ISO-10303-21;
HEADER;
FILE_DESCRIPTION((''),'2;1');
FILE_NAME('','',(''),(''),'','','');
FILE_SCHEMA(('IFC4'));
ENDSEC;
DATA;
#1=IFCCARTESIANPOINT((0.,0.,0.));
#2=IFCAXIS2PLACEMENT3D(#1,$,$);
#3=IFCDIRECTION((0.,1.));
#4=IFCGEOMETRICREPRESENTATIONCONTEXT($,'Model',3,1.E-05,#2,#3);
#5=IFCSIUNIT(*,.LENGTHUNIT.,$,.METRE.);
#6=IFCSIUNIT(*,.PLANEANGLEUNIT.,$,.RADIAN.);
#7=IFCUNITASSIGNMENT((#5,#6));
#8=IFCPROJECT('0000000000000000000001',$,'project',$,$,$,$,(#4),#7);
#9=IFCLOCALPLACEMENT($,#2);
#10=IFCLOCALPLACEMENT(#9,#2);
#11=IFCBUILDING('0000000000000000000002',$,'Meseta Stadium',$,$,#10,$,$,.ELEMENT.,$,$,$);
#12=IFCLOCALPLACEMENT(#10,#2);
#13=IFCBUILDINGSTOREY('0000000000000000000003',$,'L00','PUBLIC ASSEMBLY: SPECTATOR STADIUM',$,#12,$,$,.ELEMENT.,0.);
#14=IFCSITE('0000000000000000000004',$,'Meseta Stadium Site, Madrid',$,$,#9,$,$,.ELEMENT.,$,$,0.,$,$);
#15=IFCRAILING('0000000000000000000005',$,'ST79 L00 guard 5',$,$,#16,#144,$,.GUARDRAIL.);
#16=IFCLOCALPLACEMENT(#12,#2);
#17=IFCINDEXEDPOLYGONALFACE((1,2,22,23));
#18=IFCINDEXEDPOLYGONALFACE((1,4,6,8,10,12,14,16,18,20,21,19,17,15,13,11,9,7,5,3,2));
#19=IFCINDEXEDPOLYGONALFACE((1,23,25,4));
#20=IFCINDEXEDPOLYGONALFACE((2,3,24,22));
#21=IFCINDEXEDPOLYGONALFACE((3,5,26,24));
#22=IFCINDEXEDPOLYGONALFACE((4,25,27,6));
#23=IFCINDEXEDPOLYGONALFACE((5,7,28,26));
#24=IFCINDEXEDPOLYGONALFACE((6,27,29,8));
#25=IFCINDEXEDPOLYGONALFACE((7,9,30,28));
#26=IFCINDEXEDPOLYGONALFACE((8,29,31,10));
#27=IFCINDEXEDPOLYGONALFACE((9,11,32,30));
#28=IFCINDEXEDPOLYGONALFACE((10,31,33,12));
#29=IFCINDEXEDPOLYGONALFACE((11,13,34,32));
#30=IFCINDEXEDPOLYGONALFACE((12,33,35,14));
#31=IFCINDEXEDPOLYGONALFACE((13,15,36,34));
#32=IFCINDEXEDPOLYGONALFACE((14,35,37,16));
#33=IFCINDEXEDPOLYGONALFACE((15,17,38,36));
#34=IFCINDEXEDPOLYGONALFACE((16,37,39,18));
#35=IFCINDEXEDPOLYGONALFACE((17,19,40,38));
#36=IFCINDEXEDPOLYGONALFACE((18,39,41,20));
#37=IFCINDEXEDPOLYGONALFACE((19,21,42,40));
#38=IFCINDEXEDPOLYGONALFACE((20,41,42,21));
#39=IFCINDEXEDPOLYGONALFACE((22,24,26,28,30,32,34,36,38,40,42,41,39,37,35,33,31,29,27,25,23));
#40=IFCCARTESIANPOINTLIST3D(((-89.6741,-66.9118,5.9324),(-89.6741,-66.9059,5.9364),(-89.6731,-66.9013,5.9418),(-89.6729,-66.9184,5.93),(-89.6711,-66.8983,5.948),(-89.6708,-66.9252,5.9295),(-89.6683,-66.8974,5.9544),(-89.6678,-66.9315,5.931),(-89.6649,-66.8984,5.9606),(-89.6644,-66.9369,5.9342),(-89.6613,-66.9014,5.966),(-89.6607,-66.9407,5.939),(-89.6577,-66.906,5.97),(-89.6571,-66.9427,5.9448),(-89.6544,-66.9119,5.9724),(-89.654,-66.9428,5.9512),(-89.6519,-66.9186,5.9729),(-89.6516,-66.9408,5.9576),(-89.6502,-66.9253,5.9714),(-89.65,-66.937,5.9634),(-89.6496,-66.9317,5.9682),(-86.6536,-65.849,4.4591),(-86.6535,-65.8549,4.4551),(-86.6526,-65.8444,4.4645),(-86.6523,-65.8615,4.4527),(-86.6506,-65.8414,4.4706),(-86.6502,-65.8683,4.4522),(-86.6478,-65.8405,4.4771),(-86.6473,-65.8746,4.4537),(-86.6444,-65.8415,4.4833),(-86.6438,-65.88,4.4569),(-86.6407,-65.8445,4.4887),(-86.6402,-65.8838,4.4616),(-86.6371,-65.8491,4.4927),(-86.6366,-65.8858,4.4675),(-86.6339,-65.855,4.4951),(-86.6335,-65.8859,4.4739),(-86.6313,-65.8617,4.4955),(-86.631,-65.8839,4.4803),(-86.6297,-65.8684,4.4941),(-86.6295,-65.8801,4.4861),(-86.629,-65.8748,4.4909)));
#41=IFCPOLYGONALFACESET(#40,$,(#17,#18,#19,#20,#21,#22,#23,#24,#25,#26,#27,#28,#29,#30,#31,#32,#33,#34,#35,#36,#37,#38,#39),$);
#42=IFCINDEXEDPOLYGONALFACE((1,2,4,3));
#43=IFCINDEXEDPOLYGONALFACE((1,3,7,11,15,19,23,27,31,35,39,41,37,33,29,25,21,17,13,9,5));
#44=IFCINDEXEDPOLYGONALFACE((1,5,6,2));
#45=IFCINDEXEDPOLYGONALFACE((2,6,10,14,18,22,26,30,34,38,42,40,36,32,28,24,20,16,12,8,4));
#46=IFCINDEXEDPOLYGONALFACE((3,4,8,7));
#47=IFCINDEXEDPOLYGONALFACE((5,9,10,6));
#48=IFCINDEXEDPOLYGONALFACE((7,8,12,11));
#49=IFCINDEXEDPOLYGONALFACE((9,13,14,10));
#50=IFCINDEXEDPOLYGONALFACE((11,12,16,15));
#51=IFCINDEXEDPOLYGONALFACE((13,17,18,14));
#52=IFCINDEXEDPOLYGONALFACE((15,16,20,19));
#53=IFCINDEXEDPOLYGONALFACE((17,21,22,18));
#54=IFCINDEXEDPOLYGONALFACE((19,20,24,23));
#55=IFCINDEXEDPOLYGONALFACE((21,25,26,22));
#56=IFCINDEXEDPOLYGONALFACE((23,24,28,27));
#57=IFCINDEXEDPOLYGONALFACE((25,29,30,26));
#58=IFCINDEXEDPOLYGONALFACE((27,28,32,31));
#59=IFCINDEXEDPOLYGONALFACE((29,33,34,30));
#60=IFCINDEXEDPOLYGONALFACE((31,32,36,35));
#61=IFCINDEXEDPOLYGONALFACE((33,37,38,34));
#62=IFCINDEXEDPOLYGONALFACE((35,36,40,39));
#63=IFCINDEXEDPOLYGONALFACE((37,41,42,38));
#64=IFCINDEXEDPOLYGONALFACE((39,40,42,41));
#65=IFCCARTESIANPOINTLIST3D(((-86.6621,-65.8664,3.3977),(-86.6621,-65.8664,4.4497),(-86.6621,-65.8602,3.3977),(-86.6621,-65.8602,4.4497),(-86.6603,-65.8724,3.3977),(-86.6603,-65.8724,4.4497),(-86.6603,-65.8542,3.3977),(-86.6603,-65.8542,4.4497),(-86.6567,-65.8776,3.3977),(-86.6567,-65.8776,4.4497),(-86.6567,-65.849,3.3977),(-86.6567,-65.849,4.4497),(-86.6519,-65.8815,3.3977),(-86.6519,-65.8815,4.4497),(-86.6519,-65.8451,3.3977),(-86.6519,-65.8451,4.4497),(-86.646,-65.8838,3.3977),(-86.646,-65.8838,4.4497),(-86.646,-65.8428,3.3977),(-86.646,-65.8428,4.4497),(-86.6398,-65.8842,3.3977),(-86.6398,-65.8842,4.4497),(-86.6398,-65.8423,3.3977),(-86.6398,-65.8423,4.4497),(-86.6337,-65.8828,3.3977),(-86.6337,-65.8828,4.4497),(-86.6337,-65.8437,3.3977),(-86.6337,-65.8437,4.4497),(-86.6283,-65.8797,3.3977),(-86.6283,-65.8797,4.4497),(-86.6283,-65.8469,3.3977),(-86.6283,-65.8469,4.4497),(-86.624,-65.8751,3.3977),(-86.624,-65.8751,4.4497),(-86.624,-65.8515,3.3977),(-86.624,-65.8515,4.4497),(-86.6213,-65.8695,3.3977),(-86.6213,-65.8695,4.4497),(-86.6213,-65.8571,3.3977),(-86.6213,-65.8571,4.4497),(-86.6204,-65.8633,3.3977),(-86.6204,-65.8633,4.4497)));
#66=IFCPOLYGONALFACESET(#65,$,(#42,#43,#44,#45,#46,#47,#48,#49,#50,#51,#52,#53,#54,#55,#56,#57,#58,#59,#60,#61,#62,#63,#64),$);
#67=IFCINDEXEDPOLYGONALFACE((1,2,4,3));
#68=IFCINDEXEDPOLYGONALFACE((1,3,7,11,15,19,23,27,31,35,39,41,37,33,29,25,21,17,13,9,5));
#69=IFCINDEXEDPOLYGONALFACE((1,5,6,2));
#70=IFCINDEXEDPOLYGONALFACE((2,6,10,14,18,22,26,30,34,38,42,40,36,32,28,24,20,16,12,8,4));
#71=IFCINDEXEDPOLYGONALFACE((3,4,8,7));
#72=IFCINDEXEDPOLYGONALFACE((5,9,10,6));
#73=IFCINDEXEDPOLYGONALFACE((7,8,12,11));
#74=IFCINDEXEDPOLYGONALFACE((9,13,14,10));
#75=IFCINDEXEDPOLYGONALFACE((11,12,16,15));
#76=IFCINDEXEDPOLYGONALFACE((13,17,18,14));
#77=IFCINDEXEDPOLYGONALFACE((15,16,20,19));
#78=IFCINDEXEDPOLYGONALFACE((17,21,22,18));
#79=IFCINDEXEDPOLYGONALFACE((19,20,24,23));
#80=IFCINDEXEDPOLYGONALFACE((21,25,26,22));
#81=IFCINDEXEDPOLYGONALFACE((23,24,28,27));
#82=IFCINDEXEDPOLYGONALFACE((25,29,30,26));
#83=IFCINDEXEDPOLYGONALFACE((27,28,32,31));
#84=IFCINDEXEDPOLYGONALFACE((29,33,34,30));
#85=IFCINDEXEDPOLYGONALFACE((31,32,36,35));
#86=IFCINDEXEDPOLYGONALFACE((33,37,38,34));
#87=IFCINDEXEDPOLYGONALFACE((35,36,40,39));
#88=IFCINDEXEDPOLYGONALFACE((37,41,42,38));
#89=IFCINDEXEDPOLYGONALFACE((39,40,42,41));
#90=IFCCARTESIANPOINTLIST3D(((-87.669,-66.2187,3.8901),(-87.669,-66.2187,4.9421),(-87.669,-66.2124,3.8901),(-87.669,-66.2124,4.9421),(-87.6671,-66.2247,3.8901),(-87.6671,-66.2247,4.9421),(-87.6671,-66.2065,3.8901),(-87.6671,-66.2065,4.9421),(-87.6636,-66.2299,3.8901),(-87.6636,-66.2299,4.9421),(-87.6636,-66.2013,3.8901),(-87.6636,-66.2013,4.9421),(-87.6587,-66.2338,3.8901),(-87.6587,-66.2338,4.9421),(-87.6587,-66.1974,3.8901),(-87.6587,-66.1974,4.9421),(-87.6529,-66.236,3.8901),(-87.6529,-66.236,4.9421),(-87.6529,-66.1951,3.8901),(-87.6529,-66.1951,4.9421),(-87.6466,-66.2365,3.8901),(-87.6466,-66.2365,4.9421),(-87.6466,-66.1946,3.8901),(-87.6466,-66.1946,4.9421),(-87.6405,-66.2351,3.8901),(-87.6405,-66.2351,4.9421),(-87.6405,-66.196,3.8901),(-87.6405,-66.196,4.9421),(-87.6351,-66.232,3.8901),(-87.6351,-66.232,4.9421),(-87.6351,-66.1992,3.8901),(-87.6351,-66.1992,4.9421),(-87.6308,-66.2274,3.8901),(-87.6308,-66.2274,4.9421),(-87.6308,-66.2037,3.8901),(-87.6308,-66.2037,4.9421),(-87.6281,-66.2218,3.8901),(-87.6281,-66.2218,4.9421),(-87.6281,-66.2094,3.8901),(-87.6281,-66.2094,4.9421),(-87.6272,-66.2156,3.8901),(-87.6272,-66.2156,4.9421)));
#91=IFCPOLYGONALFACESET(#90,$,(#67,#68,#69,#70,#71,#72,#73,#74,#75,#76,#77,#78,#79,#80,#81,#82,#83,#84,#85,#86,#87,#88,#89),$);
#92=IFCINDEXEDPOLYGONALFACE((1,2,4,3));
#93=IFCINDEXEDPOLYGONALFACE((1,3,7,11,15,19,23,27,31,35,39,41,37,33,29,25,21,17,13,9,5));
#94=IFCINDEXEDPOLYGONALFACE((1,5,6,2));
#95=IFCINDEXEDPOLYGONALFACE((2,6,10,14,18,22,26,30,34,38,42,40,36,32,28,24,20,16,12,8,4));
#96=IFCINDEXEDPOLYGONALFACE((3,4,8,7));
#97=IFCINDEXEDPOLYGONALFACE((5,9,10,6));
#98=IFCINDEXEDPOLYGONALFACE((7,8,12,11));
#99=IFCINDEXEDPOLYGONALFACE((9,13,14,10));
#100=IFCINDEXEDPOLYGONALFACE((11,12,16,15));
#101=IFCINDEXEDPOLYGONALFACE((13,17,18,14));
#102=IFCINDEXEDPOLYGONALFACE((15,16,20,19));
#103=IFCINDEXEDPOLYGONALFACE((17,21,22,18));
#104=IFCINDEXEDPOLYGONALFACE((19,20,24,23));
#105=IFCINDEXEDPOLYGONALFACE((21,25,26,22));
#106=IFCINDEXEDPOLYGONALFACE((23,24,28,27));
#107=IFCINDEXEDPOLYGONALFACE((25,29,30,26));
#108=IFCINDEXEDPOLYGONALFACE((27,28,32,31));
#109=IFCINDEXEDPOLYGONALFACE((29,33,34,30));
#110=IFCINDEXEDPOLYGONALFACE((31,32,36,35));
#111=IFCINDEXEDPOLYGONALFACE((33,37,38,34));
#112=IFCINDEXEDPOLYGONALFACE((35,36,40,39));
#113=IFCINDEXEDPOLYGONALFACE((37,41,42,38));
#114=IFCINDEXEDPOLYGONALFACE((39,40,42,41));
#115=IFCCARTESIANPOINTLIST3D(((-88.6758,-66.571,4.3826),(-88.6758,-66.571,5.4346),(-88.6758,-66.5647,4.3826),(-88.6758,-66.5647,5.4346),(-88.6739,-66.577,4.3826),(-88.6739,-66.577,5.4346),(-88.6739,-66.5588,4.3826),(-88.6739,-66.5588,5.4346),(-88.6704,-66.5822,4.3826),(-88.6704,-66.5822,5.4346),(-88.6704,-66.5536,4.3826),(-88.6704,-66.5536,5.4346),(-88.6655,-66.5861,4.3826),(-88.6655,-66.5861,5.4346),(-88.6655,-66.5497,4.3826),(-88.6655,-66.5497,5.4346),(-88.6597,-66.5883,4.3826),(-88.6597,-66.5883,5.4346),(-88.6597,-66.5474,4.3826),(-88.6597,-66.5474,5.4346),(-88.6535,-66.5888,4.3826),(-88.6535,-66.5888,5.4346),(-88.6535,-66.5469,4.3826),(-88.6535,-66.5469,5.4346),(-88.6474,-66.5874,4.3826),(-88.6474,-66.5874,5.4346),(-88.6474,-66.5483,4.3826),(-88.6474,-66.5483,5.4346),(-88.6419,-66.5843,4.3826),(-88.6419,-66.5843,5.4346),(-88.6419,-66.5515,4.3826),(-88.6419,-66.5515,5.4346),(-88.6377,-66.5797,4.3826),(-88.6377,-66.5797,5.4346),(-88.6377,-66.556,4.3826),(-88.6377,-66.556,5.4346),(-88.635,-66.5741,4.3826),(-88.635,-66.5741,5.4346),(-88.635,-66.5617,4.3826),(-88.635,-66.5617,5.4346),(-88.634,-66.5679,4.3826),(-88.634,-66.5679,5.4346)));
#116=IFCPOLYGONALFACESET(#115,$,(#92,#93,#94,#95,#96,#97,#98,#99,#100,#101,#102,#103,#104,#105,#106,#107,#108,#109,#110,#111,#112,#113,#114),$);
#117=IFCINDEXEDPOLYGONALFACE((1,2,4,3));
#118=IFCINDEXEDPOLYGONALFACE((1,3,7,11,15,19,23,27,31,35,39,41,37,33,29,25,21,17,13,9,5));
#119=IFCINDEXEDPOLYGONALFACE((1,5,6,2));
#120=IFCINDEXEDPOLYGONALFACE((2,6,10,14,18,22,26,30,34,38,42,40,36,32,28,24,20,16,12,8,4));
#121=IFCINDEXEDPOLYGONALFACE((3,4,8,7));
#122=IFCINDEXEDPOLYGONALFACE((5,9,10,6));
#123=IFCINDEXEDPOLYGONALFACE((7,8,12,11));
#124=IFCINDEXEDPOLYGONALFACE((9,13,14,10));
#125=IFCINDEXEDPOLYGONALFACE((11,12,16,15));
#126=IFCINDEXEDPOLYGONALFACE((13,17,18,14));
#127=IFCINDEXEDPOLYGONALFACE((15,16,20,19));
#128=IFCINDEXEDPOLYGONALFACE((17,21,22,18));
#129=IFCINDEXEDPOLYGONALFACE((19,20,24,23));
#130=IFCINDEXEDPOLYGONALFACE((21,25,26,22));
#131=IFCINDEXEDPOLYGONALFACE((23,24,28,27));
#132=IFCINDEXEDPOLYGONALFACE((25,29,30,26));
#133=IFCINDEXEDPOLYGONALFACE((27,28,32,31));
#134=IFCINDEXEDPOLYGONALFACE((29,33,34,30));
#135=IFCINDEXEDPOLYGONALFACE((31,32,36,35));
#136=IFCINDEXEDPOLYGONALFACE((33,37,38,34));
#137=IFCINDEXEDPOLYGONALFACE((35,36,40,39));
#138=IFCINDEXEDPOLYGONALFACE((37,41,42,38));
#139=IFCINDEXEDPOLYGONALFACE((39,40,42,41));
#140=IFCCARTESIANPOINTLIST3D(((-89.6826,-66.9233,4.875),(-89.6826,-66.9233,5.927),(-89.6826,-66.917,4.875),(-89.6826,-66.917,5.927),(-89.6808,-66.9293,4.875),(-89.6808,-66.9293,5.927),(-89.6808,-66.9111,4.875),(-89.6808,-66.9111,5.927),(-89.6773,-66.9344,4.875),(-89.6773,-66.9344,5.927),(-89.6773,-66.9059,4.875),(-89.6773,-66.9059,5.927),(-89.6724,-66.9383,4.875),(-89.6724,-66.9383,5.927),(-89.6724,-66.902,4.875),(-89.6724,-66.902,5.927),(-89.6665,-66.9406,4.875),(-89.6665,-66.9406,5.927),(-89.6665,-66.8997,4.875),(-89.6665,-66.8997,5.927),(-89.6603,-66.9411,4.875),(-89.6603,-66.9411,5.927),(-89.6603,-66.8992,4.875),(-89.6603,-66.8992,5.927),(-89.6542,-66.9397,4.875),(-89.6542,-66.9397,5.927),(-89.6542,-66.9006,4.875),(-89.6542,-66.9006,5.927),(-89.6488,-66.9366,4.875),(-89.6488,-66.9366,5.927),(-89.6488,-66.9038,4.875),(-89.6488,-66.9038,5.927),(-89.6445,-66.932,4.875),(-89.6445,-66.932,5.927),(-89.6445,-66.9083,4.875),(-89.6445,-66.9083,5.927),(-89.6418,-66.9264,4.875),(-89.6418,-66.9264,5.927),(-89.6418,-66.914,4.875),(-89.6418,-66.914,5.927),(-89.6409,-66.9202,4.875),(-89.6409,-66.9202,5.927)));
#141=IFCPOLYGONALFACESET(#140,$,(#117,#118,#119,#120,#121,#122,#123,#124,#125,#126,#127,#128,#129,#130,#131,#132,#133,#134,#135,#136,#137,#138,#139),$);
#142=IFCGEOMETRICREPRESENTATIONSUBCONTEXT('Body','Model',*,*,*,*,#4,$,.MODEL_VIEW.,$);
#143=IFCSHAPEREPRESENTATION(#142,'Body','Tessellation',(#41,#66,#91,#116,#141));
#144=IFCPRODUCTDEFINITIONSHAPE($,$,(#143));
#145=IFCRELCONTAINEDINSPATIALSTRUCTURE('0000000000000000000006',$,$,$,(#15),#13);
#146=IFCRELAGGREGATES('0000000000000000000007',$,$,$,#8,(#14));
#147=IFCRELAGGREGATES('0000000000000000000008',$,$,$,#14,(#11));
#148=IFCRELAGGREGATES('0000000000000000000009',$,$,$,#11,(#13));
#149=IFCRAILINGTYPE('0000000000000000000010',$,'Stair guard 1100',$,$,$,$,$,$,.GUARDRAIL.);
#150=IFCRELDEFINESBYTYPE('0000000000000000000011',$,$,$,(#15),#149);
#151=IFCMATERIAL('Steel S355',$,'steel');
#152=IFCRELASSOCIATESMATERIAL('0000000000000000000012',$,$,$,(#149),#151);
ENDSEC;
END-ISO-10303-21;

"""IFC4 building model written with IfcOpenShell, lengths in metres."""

from ifc_helpers import new_model, si_unit, direction, frame, origin, origin_2d, place, context, subcontext, project, spatial, circle, extrude, material, type_object, element, save


model = new_model("IFC4")

# Units and contexts
model_context = context("Model", 3, precision=1e-05, world=origin(), true_north=direction((0.0, 1.0)))
body_context = subcontext(model_context, "Body", "Model", "MODEL_VIEW")
ifc_project = project(units=[si_unit("LENGTHUNIT", "METRE"), si_unit("PLANEANGLEUNIT", "RADIAN")], contexts=[model_context])

# Site, building, storey
site_placement = place(None, origin())
site = spatial("IfcSite", under=ifc_project, at=site_placement, Name="Meseta Stadium Site, Madrid", CompositionType="ELEMENT", RefElevation=0.0)
building_placement = place(site_placement, origin())
building = spatial("IfcBuilding", under=site, at=building_placement, Name="Meseta Stadium", CompositionType="ELEMENT")
storey_placement = place(building_placement, origin())
storey = spatial("IfcBuildingStorey", under=building, at=storey_placement, Name="L00", Description="PUBLIC ASSEMBLY: SPECTATOR STADIUM", CompositionType="ELEMENT", Elevation=0.0)

# Railing
ifc_material_1 = material(Name="Steel S355", Category="steel")
railing_type_1 = type_object("IfcRailingType", Name="Stair guard 1100", PredefinedType="GUARDRAIL", material=ifc_material_1)
railing_1_placement = place(storey_placement, frame((-86.6414, -65.8633, 3.3977)))
element("IfcRailing", 1, at=railing_1_placement, inside=storey, type_object=railing_type_1, Name="ST79 L00 guard 5", PredefinedType="GUARDRAIL", context=body_context, shape_type="SweptSolid", body=[
    extrude(circle(Radius=0.0239, at=origin_2d()), frame((0.0, 0.0, 1.0762), z_axis=(-0.856977, -0.299859, 0.419137), x_axis=(0.330269, -0.943887, 0.0)), (0.0, 0.0, 1.0), 3.5247),
    extrude(circle(Radius=0.021, at=origin_2d()), origin(), (0.0, 0.0, 1.0), 1.052),
    extrude(circle(Radius=0.021, at=origin_2d()), frame((-1.0068, -0.3523, 0.4924)), (0.0, 0.0, 1.0), 1.052),
    extrude(circle(Radius=0.021, at=origin_2d()), frame((-2.0137, -0.7046, 0.9849)), (0.0, 0.0, 1.0), 1.052),
    extrude(circle(Radius=0.021, at=origin_2d()), frame((-3.0205, -1.0569, 1.4773)), (0.0, 0.0, 1.0), 1.052),
])

save(model, "model.ifc")
